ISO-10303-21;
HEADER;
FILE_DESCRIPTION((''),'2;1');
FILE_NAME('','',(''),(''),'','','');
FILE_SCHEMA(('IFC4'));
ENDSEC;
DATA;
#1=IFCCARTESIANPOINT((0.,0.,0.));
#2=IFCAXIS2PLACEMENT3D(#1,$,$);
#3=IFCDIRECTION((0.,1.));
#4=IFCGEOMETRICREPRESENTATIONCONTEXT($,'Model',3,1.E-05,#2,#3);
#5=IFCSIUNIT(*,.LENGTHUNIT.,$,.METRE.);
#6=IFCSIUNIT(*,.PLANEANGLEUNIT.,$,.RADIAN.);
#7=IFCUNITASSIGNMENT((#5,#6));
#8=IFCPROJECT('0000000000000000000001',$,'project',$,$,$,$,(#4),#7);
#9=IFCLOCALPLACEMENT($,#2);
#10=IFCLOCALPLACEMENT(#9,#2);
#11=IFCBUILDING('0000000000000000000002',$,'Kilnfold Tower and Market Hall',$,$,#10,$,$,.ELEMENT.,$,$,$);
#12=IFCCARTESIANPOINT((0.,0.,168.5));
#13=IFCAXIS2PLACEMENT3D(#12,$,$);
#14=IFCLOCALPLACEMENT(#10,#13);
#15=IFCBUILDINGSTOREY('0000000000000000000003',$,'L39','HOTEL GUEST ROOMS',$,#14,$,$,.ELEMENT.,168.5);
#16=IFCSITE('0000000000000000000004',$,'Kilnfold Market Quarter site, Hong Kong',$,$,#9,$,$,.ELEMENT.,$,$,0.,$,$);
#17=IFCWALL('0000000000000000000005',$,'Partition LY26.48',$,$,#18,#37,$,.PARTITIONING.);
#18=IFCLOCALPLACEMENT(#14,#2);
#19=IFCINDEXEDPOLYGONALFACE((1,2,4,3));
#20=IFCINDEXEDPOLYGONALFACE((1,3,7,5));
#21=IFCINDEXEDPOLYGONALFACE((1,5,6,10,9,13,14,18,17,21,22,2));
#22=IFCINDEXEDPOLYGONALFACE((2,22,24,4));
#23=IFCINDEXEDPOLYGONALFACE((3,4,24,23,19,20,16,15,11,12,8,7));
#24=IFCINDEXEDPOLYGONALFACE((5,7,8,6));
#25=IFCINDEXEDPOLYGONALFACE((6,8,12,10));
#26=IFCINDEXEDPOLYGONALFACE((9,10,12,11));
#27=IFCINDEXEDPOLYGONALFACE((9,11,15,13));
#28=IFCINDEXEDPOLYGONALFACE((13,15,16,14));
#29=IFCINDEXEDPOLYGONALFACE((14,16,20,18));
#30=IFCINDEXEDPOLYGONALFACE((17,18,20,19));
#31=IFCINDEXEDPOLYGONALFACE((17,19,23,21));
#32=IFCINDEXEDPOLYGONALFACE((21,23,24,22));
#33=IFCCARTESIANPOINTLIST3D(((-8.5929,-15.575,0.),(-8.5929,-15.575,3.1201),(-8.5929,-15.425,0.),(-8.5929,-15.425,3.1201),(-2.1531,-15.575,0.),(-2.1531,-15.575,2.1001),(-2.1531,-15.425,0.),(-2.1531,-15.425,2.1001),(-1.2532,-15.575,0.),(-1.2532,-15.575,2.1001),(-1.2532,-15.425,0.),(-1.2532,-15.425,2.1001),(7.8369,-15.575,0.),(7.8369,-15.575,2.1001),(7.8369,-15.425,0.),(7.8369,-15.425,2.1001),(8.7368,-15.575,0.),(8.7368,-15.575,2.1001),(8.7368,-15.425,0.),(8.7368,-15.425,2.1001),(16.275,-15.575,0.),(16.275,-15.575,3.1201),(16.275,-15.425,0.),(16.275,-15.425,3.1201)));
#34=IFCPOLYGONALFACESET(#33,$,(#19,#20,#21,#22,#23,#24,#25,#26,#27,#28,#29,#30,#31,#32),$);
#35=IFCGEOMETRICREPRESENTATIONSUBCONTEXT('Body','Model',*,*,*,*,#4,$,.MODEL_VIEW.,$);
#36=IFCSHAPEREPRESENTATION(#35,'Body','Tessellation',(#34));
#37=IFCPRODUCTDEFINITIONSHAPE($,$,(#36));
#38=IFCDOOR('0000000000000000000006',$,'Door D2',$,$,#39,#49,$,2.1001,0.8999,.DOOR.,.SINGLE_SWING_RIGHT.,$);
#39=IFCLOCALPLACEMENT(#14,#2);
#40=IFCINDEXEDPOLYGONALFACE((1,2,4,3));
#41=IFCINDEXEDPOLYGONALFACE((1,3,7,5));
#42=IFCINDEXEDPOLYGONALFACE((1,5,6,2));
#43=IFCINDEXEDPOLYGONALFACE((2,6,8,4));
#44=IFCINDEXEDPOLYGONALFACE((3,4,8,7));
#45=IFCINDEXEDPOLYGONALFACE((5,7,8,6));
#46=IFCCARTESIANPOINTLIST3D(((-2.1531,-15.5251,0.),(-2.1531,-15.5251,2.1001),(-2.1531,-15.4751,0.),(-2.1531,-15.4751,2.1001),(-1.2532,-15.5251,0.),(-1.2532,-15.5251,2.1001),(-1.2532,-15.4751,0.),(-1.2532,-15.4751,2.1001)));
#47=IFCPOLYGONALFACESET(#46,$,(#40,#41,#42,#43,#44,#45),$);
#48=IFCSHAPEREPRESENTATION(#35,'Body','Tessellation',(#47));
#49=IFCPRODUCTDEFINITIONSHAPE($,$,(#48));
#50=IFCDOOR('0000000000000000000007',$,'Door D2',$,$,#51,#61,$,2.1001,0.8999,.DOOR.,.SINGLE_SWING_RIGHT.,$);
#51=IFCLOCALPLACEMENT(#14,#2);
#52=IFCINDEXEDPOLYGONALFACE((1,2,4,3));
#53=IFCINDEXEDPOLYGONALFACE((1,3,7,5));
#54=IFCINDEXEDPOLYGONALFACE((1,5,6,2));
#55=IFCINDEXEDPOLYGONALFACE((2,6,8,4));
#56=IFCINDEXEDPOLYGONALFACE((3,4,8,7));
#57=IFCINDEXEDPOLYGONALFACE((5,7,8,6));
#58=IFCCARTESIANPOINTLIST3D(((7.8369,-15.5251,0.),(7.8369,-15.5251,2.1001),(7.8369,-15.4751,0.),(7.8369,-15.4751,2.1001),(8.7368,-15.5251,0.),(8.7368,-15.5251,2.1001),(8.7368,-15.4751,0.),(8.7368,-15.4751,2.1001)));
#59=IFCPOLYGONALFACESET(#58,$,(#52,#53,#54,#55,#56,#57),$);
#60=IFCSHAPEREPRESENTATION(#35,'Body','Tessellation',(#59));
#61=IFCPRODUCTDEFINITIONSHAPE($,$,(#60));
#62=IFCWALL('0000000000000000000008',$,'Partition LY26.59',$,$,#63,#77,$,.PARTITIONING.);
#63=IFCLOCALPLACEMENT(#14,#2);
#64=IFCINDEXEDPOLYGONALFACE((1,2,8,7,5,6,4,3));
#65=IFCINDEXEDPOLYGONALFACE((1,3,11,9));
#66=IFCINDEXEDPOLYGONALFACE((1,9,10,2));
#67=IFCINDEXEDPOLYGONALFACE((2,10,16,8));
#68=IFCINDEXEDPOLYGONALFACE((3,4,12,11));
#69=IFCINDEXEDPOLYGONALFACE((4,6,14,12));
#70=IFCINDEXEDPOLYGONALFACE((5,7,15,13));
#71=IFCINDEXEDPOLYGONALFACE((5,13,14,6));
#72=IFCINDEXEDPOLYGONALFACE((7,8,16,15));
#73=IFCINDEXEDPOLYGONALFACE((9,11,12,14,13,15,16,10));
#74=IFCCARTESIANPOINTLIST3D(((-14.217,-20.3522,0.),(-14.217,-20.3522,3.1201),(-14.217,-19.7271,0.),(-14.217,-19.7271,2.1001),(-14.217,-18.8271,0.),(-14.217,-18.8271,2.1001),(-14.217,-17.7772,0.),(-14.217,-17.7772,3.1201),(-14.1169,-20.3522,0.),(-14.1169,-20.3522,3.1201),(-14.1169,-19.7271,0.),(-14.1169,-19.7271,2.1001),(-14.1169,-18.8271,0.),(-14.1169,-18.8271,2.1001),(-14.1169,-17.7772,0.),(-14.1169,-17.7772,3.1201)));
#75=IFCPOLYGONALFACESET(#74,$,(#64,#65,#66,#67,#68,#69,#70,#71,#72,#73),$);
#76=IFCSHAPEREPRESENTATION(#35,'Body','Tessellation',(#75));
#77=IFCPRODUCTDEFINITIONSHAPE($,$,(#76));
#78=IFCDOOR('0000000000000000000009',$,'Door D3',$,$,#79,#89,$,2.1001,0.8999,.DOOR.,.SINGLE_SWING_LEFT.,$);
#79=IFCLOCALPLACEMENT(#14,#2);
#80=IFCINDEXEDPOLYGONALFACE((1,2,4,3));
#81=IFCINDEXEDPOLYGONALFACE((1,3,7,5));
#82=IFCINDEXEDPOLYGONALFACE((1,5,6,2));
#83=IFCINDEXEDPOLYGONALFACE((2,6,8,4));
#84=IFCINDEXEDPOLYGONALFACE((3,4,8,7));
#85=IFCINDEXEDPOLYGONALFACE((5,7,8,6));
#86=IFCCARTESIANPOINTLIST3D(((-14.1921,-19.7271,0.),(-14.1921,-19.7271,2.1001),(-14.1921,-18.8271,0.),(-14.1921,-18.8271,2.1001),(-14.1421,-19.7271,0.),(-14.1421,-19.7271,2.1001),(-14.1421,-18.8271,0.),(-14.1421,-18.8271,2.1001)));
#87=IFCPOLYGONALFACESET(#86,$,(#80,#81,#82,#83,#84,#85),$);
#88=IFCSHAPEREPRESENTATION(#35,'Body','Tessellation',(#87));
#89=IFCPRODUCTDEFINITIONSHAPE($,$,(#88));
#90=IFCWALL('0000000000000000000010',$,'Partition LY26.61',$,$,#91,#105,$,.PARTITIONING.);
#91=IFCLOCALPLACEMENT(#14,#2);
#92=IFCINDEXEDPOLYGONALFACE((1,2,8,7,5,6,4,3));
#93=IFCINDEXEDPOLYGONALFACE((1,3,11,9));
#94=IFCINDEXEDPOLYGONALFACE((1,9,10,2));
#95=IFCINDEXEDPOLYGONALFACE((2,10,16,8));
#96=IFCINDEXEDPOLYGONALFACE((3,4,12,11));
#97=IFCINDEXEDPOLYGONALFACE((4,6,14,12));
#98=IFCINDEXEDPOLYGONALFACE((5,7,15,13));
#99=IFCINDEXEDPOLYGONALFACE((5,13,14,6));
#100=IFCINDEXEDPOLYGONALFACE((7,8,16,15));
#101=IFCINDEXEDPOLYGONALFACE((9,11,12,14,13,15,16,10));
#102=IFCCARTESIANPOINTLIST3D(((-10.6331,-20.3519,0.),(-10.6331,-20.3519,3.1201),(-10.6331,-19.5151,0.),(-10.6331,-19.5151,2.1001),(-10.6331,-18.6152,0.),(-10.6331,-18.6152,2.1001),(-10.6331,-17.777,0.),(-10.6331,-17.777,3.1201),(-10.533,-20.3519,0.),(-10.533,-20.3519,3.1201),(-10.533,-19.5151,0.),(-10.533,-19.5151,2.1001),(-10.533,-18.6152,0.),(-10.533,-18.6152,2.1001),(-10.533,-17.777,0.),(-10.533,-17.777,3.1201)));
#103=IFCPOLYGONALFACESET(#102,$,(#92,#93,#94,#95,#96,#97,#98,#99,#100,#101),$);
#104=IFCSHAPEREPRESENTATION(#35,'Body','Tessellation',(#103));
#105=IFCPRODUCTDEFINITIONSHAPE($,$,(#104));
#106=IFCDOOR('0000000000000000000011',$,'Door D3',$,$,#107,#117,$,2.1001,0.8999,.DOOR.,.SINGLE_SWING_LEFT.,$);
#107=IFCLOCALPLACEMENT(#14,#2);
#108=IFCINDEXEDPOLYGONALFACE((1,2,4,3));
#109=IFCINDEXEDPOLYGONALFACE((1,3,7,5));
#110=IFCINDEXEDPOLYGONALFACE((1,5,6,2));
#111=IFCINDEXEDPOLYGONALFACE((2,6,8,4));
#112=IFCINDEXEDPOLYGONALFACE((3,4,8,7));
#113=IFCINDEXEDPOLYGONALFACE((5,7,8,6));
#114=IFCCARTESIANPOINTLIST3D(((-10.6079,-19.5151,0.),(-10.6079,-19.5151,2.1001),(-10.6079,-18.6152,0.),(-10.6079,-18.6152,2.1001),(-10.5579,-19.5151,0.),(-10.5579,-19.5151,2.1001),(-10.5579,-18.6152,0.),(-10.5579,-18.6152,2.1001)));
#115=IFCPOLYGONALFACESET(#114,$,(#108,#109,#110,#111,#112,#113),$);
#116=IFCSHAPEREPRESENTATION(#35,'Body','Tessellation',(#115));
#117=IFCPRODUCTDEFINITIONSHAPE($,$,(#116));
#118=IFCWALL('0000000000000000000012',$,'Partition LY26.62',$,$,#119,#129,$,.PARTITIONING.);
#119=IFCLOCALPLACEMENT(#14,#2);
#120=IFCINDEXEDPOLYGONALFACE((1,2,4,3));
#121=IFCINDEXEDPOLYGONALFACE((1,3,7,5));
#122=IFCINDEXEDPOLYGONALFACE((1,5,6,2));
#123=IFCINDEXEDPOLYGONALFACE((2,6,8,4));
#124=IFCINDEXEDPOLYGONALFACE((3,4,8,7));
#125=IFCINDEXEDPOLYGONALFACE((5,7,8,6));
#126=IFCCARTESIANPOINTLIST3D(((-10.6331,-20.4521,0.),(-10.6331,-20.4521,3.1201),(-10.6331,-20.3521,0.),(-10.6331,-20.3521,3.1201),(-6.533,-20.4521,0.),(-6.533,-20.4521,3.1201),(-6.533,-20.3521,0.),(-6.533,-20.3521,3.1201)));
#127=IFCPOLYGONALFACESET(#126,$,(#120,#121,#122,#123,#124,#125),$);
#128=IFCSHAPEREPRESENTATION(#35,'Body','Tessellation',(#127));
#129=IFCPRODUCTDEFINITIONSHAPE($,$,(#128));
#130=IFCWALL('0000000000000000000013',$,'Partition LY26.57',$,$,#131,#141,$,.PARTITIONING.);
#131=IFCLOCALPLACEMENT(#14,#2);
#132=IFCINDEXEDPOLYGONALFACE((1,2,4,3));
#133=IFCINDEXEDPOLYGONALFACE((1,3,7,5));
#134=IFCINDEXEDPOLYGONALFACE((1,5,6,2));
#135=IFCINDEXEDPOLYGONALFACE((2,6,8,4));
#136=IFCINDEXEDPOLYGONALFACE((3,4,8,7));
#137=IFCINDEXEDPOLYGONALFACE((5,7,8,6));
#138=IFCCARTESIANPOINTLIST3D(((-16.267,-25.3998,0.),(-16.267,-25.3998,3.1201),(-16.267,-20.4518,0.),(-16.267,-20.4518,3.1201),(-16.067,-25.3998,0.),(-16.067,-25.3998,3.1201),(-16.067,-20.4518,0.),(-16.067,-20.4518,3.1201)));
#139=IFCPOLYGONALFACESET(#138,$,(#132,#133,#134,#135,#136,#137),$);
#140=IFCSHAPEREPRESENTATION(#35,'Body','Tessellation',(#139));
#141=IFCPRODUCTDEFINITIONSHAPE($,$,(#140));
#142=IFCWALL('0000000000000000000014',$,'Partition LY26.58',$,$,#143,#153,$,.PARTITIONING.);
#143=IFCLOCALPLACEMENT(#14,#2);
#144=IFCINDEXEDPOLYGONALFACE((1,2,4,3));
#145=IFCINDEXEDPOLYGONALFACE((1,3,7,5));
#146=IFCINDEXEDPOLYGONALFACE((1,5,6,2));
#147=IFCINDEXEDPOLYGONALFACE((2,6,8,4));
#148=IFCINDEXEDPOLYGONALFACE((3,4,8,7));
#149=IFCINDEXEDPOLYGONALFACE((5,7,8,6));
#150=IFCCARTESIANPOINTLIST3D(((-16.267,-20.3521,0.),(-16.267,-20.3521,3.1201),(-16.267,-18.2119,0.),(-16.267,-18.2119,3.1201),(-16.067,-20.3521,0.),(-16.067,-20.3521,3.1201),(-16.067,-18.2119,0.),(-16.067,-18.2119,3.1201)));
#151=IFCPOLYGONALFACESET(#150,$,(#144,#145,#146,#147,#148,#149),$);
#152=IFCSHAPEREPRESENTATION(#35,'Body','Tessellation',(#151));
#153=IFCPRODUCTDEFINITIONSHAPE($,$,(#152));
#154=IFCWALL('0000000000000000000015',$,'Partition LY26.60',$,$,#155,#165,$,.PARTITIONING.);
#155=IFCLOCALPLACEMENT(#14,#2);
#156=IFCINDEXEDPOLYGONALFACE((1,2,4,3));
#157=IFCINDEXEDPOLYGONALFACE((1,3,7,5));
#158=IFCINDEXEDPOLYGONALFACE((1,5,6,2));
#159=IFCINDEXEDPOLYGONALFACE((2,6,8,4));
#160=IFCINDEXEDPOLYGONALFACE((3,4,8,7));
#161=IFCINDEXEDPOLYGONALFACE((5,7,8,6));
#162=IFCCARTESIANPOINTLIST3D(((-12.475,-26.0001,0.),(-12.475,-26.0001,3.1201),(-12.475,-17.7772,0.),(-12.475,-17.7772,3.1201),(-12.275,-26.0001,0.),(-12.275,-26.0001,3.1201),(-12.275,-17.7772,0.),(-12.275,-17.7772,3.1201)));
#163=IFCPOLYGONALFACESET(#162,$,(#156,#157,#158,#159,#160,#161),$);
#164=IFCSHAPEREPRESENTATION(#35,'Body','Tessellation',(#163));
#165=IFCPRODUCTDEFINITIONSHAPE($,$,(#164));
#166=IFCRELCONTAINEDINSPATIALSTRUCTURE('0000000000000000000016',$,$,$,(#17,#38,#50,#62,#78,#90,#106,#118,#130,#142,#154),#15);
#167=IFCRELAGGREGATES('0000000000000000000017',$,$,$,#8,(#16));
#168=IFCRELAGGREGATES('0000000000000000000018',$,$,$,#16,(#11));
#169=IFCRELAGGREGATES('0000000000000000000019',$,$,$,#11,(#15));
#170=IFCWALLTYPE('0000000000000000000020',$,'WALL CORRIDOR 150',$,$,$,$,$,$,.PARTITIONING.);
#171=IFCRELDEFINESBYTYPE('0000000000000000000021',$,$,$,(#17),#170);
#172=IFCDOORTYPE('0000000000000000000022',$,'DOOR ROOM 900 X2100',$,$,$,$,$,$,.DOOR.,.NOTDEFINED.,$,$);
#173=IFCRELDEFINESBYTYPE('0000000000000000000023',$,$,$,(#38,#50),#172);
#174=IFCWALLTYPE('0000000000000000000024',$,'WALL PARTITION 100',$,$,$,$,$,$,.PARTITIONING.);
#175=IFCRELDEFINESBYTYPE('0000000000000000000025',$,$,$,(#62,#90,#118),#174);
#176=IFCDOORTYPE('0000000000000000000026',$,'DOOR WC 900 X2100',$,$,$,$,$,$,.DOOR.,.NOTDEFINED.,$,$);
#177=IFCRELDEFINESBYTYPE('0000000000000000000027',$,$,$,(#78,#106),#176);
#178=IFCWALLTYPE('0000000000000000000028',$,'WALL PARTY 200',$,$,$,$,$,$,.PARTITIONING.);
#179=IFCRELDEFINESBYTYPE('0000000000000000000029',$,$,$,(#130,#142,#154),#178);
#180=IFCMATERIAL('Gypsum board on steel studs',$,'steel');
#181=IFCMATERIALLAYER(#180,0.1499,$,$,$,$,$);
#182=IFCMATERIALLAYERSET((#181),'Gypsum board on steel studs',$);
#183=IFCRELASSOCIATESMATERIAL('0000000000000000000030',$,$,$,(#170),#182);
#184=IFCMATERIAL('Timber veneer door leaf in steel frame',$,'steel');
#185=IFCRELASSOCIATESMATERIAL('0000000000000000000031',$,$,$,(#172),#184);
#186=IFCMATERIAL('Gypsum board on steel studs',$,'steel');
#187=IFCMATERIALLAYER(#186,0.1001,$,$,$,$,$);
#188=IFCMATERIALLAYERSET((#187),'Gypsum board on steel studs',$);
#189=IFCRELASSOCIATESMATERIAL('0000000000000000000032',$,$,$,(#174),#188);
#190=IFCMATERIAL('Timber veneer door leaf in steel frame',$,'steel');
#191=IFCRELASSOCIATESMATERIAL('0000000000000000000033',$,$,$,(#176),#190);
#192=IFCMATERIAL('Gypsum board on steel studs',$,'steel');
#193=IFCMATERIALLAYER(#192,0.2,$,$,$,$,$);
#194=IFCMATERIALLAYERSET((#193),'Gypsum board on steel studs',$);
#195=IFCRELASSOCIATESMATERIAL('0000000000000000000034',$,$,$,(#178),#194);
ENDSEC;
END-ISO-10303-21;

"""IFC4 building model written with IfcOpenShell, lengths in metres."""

from ifc_helpers import new_model, si_unit, direction, frame, frame_2d, origin, place, context, subcontext, project, spatial, rectangle, extrude, material, layer, layer_set, type_object, element, fill, save


model = new_model("IFC4")

# Units and contexts
model_context = context("Model", 3, precision=1e-05, world=origin(), true_north=direction((0.0, 1.0)))
body_context = subcontext(model_context, "Body", "Model", "MODEL_VIEW")
ifc_project = project(units=[si_unit("LENGTHUNIT", "METRE"), si_unit("PLANEANGLEUNIT", "RADIAN")], contexts=[model_context])

# Site, building, storey
site_placement = place(None, origin())
site = spatial("IfcSite", under=ifc_project, at=site_placement, Name="Kilnfold Market Quarter site, Hong Kong", CompositionType="ELEMENT", RefElevation=0.0)
building_placement = place(site_placement, origin())
building = spatial("IfcBuilding", under=site, at=building_placement, Name="Kilnfold Tower and Market Hall", CompositionType="ELEMENT")
storey_placement = place(building_placement, frame((0.0, 0.0, 168.5)))
storey = spatial("IfcBuildingStorey", under=building, at=storey_placement, Name="L39", Description="HOTEL GUEST ROOMS", CompositionType="ELEMENT", Elevation=168.5)

# Wall, openings, doors
ifc_material_1 = material(Name="Gypsum board on steel studs", Category="steel")
ifc_layer_1 = layer(ifc_material_1, 0.1499)
ifc_layer_set_1 = layer_set([ifc_layer_1], Name="Gypsum board on steel studs")
wall_type_1 = type_object("IfcWallType", Name="WALL CORRIDOR 150", PredefinedType="PARTITIONING", material=ifc_layer_set_1)
wall_1_placement = place(storey_placement, frame((-8.593, -15.5, 0.0), z_axis=(0.0, 0.0, 1.0), x_axis=(1.0, 0.0, 0.0)))
wall_1 = element("IfcWall", 1, at=wall_1_placement, inside=storey, type_object=wall_type_1, Name="Partition LY26.48", PredefinedType="PARTITIONING", context=body_context, shape_type="SweptSolid", body=[
    extrude(rectangle(XDim=24.8679, YDim=0.1499, at=frame_2d((12.4341, 0.0))), origin(), (0.0, 0.0, 1.0), 3.1201),
])
opening_1_placement = place(wall_1_placement, frame((6.4399, 0.0, 0.0)))
opening_1 = element("IfcOpeningElement", 2, at=opening_1_placement, cuts=wall_1, PredefinedType="OPENING", context=body_context, shape_type="SweptSolid", body=[
    extrude(rectangle(XDim=0.8999, YDim=2.1001, at=frame_2d((0.45, 1.05))), frame((0.0, 0.085, 0.0), z_axis=(0.0, -1.0, 0.0), x_axis=(1.0, 0.0, 0.0)), (0.0, 0.0, 1.0), 0.1699),
])
opening_2_placement = place(wall_1_placement, frame((16.4299, 0.0, 0.0)))
opening_2 = element("IfcOpeningElement", 3, at=opening_2_placement, cuts=wall_1, PredefinedType="OPENING", context=body_context, shape_type="SweptSolid", body=[
    extrude(rectangle(XDim=0.8999, YDim=2.1001, at=frame_2d((0.45, 1.05))), frame((0.0, 0.085, 0.0), z_axis=(0.0, -1.0, 0.0), x_axis=(1.0, 0.0, 0.0)), (0.0, 0.0, 1.0), 0.1699),
])
ifc_material_2 = material(Name="Timber veneer door leaf in steel frame", Category="steel")
door_type_1 = type_object("IfcDoorType", Name="DOOR ROOM 900 X2100", OperationType="NOTDEFINED", PredefinedType="DOOR", material=ifc_material_2)
door_1_placement = place(opening_1_placement, origin())
door_1 = element("IfcDoor", 4, at=door_1_placement, inside=storey, type_object=door_type_1, Name="Door D2", OperationType="SINGLE_SWING_RIGHT", OverallHeight=2.1001, OverallWidth=0.8999, PredefinedType="DOOR", context=body_context, shape_type="SweptSolid", body=[
    extrude(rectangle(XDim=0.8999, YDim=2.1001, at=frame_2d((0.45, 1.05))), frame((0.0, 0.0249, 0.0), z_axis=(0.0, -1.0, 0.0), x_axis=(1.0, 0.0, 0.0)), (0.0, 0.0, 1.0), 0.05),
])
fill(opening_1, door_1)
door_2_placement = place(opening_2_placement, origin())
door_2 = element("IfcDoor", 5, at=door_2_placement, inside=storey, type_object=door_type_1, Name="Door D2", OperationType="SINGLE_SWING_RIGHT", OverallHeight=2.1001, OverallWidth=0.8999, PredefinedType="DOOR", context=body_context, shape_type="SweptSolid", body=[
    extrude(rectangle(XDim=0.8999, YDim=2.1001, at=frame_2d((0.45, 1.05))), frame((0.0, 0.0249, 0.0), z_axis=(0.0, -1.0, 0.0), x_axis=(1.0, 0.0, 0.0)), (0.0, 0.0, 1.0), 0.05),
])
fill(opening_2, door_2)

# Walls, openings, doors
ifc_material_3 = material(Name="Gypsum board on steel studs", Category="steel")
ifc_layer_2 = layer(ifc_material_3, 0.1001)
ifc_layer_set_2 = layer_set([ifc_layer_2], Name="Gypsum board on steel studs")
wall_type_2 = type_object("IfcWallType", Name="WALL PARTITION 100", PredefinedType="PARTITIONING", material=ifc_layer_set_2)
wall_2_placement = place(storey_placement, frame((-14.167, -17.7771, 0.0), z_axis=(0.0, 0.0, 1.0), x_axis=(0.0, -1.0, 0.0)))
wall_2 = element("IfcWall", 6, at=wall_2_placement, inside=storey, type_object=wall_type_2, Name="Partition LY26.59", PredefinedType="PARTITIONING", context=body_context, shape_type="SweptSolid", body=[
    extrude(rectangle(XDim=2.575, YDim=0.1001, at=frame_2d((1.2876, 0.0))), origin(), (0.0, 0.0, 1.0), 3.1201),
])
opening_3_placement = place(wall_2_placement, frame((1.05, 0.0, 0.0)))
opening_3 = element("IfcOpeningElement", 7, at=opening_3_placement, cuts=wall_2, PredefinedType="OPENING", context=body_context, shape_type="SweptSolid", body=[
    extrude(rectangle(XDim=0.8999, YDim=2.1001, at=frame_2d((0.45, 1.05))), frame((0.0, 0.0601, 0.0), z_axis=(0.0, -1.0, 0.0), x_axis=(1.0, 0.0, 0.0)), (0.0, 0.0, 1.0), 0.1201),
])
ifc_material_4 = material(Name="Timber veneer door leaf in steel frame", Category="steel")
door_type_2 = type_object("IfcDoorType", Name="DOOR WC 900 X2100", OperationType="NOTDEFINED", PredefinedType="DOOR", material=ifc_material_4)
door_3_placement = place(opening_3_placement, origin())
door_3 = element("IfcDoor", 8, at=door_3_placement, inside=storey, type_object=door_type_2, Name="Door D3", OperationType="SINGLE_SWING_LEFT", OverallHeight=2.1001, OverallWidth=0.8999, PredefinedType="DOOR", context=body_context, shape_type="SweptSolid", body=[
    extrude(rectangle(XDim=0.8999, YDim=2.1001, at=frame_2d((0.45, 1.05))), frame((0.0, 0.0249, 0.0), z_axis=(0.0, -1.0, 0.0), x_axis=(1.0, 0.0, 0.0)), (0.0, 0.0, 1.0), 0.05),
])
fill(opening_3, door_3)
wall_3_placement = place(storey_placement, frame((-10.583, -20.3521, 0.0), z_axis=(0.0, 0.0, 1.0), x_axis=(0.0, 1.0, 0.0)))
wall_3 = element("IfcWall", 9, at=wall_3_placement, inside=storey, type_object=wall_type_2, Name="Partition LY26.61", PredefinedType="PARTITIONING", context=body_context, shape_type="SweptSolid", body=[
    extrude(rectangle(XDim=2.575, YDim=0.1001, at=frame_2d((1.2876, 0.0))), origin(), (0.0, 0.0, 1.0), 3.1201),
])
opening_4_placement = place(wall_3_placement, frame((0.8369, 0.0, 0.0)))
opening_4 = element("IfcOpeningElement", 10, at=opening_4_placement, cuts=wall_3, PredefinedType="OPENING", context=body_context, shape_type="SweptSolid", body=[
    extrude(rectangle(XDim=0.8999, YDim=2.1001, at=frame_2d((0.45, 1.05))), frame((0.0, 0.0601, 0.0), z_axis=(0.0, -1.0, 0.0), x_axis=(1.0, 0.0, 0.0)), (0.0, 0.0, 1.0), 0.1201),
])
door_4_placement = place(opening_4_placement, origin())
door_4 = element("IfcDoor", 11, at=door_4_placement, inside=storey, type_object=door_type_2, Name="Door D3", OperationType="SINGLE_SWING_LEFT", OverallHeight=2.1001, OverallWidth=0.8999, PredefinedType="DOOR", context=body_context, shape_type="SweptSolid", body=[
    extrude(rectangle(XDim=0.8999, YDim=2.1001, at=frame_2d((0.45, 1.05))), frame((0.0, 0.0249, 0.0), z_axis=(0.0, -1.0, 0.0), x_axis=(1.0, 0.0, 0.0)), (0.0, 0.0, 1.0), 0.05),
])
fill(opening_4, door_4)

# Walls
wall_4_placement = place(storey_placement, frame((-10.6331, -20.4021, 0.0), z_axis=(0.0, 0.0, 1.0), x_axis=(1.0, 0.0, 0.0)))
element("IfcWall", 12, at=wall_4_placement, inside=storey, type_object=wall_type_2, Name="Partition LY26.62", PredefinedType="PARTITIONING", context=body_context, shape_type="SweptSolid", body=[
    extrude(rectangle(XDim=4.1001, YDim=0.1001, at=frame_2d((2.05, 0.0))), origin(), (0.0, 0.0, 1.0), 3.1201),
])
ifc_material_5 = material(Name="Gypsum board on steel studs", Category="steel")
ifc_layer_3 = layer(ifc_material_5, 0.2)
ifc_layer_set_3 = layer_set([ifc_layer_3], Name="Gypsum board on steel studs")
wall_type_3 = type_object("IfcWallType", Name="WALL PARTY 200", PredefinedType="PARTITIONING", material=ifc_layer_set_3)
wall_5_placement = place(storey_placement, frame((-16.167, -25.3999, 0.0), z_axis=(0.0, 0.0, 1.0), x_axis=(0.0, 1.0, 0.0)))
element("IfcWall", 13, at=wall_5_placement, inside=storey, type_object=wall_type_3, Name="Partition LY26.57", PredefinedType="PARTITIONING", context=body_context, shape_type="SweptSolid", body=[
    extrude(rectangle(XDim=4.948, YDim=0.2, at=frame_2d((2.4741, 0.0))), origin(), (0.0, 0.0, 1.0), 3.1201),
])
wall_6_placement = place(storey_placement, frame((-16.167, -20.3521, 0.0), z_axis=(0.0, 0.0, 1.0), x_axis=(0.0, 1.0, 0.0)))
element("IfcWall", 14, at=wall_6_placement, inside=storey, type_object=wall_type_3, Name="Partition LY26.58", PredefinedType="PARTITIONING", context=body_context, shape_type="SweptSolid", body=[
    extrude(rectangle(XDim=2.1401, YDim=0.2, at=frame_2d((1.0701, 0.0))), origin(), (0.0, 0.0, 1.0), 3.1201),
])
wall_7_placement = place(storey_placement, frame((-12.375, -26.0, 0.0), z_axis=(0.0, 0.0, 1.0), x_axis=(0.0, 1.0, 0.0)))
element("IfcWall", 15, at=wall_7_placement, inside=storey, type_object=wall_type_3, Name="Partition LY26.60", PredefinedType="PARTITIONING", context=body_context, shape_type="SweptSolid", body=[
    extrude(rectangle(XDim=8.2229, YDim=0.2, at=frame_2d((4.1113, 0.0))), origin(), (0.0, 0.0, 1.0), 3.1201),
])

save(model, "model.ifc")
